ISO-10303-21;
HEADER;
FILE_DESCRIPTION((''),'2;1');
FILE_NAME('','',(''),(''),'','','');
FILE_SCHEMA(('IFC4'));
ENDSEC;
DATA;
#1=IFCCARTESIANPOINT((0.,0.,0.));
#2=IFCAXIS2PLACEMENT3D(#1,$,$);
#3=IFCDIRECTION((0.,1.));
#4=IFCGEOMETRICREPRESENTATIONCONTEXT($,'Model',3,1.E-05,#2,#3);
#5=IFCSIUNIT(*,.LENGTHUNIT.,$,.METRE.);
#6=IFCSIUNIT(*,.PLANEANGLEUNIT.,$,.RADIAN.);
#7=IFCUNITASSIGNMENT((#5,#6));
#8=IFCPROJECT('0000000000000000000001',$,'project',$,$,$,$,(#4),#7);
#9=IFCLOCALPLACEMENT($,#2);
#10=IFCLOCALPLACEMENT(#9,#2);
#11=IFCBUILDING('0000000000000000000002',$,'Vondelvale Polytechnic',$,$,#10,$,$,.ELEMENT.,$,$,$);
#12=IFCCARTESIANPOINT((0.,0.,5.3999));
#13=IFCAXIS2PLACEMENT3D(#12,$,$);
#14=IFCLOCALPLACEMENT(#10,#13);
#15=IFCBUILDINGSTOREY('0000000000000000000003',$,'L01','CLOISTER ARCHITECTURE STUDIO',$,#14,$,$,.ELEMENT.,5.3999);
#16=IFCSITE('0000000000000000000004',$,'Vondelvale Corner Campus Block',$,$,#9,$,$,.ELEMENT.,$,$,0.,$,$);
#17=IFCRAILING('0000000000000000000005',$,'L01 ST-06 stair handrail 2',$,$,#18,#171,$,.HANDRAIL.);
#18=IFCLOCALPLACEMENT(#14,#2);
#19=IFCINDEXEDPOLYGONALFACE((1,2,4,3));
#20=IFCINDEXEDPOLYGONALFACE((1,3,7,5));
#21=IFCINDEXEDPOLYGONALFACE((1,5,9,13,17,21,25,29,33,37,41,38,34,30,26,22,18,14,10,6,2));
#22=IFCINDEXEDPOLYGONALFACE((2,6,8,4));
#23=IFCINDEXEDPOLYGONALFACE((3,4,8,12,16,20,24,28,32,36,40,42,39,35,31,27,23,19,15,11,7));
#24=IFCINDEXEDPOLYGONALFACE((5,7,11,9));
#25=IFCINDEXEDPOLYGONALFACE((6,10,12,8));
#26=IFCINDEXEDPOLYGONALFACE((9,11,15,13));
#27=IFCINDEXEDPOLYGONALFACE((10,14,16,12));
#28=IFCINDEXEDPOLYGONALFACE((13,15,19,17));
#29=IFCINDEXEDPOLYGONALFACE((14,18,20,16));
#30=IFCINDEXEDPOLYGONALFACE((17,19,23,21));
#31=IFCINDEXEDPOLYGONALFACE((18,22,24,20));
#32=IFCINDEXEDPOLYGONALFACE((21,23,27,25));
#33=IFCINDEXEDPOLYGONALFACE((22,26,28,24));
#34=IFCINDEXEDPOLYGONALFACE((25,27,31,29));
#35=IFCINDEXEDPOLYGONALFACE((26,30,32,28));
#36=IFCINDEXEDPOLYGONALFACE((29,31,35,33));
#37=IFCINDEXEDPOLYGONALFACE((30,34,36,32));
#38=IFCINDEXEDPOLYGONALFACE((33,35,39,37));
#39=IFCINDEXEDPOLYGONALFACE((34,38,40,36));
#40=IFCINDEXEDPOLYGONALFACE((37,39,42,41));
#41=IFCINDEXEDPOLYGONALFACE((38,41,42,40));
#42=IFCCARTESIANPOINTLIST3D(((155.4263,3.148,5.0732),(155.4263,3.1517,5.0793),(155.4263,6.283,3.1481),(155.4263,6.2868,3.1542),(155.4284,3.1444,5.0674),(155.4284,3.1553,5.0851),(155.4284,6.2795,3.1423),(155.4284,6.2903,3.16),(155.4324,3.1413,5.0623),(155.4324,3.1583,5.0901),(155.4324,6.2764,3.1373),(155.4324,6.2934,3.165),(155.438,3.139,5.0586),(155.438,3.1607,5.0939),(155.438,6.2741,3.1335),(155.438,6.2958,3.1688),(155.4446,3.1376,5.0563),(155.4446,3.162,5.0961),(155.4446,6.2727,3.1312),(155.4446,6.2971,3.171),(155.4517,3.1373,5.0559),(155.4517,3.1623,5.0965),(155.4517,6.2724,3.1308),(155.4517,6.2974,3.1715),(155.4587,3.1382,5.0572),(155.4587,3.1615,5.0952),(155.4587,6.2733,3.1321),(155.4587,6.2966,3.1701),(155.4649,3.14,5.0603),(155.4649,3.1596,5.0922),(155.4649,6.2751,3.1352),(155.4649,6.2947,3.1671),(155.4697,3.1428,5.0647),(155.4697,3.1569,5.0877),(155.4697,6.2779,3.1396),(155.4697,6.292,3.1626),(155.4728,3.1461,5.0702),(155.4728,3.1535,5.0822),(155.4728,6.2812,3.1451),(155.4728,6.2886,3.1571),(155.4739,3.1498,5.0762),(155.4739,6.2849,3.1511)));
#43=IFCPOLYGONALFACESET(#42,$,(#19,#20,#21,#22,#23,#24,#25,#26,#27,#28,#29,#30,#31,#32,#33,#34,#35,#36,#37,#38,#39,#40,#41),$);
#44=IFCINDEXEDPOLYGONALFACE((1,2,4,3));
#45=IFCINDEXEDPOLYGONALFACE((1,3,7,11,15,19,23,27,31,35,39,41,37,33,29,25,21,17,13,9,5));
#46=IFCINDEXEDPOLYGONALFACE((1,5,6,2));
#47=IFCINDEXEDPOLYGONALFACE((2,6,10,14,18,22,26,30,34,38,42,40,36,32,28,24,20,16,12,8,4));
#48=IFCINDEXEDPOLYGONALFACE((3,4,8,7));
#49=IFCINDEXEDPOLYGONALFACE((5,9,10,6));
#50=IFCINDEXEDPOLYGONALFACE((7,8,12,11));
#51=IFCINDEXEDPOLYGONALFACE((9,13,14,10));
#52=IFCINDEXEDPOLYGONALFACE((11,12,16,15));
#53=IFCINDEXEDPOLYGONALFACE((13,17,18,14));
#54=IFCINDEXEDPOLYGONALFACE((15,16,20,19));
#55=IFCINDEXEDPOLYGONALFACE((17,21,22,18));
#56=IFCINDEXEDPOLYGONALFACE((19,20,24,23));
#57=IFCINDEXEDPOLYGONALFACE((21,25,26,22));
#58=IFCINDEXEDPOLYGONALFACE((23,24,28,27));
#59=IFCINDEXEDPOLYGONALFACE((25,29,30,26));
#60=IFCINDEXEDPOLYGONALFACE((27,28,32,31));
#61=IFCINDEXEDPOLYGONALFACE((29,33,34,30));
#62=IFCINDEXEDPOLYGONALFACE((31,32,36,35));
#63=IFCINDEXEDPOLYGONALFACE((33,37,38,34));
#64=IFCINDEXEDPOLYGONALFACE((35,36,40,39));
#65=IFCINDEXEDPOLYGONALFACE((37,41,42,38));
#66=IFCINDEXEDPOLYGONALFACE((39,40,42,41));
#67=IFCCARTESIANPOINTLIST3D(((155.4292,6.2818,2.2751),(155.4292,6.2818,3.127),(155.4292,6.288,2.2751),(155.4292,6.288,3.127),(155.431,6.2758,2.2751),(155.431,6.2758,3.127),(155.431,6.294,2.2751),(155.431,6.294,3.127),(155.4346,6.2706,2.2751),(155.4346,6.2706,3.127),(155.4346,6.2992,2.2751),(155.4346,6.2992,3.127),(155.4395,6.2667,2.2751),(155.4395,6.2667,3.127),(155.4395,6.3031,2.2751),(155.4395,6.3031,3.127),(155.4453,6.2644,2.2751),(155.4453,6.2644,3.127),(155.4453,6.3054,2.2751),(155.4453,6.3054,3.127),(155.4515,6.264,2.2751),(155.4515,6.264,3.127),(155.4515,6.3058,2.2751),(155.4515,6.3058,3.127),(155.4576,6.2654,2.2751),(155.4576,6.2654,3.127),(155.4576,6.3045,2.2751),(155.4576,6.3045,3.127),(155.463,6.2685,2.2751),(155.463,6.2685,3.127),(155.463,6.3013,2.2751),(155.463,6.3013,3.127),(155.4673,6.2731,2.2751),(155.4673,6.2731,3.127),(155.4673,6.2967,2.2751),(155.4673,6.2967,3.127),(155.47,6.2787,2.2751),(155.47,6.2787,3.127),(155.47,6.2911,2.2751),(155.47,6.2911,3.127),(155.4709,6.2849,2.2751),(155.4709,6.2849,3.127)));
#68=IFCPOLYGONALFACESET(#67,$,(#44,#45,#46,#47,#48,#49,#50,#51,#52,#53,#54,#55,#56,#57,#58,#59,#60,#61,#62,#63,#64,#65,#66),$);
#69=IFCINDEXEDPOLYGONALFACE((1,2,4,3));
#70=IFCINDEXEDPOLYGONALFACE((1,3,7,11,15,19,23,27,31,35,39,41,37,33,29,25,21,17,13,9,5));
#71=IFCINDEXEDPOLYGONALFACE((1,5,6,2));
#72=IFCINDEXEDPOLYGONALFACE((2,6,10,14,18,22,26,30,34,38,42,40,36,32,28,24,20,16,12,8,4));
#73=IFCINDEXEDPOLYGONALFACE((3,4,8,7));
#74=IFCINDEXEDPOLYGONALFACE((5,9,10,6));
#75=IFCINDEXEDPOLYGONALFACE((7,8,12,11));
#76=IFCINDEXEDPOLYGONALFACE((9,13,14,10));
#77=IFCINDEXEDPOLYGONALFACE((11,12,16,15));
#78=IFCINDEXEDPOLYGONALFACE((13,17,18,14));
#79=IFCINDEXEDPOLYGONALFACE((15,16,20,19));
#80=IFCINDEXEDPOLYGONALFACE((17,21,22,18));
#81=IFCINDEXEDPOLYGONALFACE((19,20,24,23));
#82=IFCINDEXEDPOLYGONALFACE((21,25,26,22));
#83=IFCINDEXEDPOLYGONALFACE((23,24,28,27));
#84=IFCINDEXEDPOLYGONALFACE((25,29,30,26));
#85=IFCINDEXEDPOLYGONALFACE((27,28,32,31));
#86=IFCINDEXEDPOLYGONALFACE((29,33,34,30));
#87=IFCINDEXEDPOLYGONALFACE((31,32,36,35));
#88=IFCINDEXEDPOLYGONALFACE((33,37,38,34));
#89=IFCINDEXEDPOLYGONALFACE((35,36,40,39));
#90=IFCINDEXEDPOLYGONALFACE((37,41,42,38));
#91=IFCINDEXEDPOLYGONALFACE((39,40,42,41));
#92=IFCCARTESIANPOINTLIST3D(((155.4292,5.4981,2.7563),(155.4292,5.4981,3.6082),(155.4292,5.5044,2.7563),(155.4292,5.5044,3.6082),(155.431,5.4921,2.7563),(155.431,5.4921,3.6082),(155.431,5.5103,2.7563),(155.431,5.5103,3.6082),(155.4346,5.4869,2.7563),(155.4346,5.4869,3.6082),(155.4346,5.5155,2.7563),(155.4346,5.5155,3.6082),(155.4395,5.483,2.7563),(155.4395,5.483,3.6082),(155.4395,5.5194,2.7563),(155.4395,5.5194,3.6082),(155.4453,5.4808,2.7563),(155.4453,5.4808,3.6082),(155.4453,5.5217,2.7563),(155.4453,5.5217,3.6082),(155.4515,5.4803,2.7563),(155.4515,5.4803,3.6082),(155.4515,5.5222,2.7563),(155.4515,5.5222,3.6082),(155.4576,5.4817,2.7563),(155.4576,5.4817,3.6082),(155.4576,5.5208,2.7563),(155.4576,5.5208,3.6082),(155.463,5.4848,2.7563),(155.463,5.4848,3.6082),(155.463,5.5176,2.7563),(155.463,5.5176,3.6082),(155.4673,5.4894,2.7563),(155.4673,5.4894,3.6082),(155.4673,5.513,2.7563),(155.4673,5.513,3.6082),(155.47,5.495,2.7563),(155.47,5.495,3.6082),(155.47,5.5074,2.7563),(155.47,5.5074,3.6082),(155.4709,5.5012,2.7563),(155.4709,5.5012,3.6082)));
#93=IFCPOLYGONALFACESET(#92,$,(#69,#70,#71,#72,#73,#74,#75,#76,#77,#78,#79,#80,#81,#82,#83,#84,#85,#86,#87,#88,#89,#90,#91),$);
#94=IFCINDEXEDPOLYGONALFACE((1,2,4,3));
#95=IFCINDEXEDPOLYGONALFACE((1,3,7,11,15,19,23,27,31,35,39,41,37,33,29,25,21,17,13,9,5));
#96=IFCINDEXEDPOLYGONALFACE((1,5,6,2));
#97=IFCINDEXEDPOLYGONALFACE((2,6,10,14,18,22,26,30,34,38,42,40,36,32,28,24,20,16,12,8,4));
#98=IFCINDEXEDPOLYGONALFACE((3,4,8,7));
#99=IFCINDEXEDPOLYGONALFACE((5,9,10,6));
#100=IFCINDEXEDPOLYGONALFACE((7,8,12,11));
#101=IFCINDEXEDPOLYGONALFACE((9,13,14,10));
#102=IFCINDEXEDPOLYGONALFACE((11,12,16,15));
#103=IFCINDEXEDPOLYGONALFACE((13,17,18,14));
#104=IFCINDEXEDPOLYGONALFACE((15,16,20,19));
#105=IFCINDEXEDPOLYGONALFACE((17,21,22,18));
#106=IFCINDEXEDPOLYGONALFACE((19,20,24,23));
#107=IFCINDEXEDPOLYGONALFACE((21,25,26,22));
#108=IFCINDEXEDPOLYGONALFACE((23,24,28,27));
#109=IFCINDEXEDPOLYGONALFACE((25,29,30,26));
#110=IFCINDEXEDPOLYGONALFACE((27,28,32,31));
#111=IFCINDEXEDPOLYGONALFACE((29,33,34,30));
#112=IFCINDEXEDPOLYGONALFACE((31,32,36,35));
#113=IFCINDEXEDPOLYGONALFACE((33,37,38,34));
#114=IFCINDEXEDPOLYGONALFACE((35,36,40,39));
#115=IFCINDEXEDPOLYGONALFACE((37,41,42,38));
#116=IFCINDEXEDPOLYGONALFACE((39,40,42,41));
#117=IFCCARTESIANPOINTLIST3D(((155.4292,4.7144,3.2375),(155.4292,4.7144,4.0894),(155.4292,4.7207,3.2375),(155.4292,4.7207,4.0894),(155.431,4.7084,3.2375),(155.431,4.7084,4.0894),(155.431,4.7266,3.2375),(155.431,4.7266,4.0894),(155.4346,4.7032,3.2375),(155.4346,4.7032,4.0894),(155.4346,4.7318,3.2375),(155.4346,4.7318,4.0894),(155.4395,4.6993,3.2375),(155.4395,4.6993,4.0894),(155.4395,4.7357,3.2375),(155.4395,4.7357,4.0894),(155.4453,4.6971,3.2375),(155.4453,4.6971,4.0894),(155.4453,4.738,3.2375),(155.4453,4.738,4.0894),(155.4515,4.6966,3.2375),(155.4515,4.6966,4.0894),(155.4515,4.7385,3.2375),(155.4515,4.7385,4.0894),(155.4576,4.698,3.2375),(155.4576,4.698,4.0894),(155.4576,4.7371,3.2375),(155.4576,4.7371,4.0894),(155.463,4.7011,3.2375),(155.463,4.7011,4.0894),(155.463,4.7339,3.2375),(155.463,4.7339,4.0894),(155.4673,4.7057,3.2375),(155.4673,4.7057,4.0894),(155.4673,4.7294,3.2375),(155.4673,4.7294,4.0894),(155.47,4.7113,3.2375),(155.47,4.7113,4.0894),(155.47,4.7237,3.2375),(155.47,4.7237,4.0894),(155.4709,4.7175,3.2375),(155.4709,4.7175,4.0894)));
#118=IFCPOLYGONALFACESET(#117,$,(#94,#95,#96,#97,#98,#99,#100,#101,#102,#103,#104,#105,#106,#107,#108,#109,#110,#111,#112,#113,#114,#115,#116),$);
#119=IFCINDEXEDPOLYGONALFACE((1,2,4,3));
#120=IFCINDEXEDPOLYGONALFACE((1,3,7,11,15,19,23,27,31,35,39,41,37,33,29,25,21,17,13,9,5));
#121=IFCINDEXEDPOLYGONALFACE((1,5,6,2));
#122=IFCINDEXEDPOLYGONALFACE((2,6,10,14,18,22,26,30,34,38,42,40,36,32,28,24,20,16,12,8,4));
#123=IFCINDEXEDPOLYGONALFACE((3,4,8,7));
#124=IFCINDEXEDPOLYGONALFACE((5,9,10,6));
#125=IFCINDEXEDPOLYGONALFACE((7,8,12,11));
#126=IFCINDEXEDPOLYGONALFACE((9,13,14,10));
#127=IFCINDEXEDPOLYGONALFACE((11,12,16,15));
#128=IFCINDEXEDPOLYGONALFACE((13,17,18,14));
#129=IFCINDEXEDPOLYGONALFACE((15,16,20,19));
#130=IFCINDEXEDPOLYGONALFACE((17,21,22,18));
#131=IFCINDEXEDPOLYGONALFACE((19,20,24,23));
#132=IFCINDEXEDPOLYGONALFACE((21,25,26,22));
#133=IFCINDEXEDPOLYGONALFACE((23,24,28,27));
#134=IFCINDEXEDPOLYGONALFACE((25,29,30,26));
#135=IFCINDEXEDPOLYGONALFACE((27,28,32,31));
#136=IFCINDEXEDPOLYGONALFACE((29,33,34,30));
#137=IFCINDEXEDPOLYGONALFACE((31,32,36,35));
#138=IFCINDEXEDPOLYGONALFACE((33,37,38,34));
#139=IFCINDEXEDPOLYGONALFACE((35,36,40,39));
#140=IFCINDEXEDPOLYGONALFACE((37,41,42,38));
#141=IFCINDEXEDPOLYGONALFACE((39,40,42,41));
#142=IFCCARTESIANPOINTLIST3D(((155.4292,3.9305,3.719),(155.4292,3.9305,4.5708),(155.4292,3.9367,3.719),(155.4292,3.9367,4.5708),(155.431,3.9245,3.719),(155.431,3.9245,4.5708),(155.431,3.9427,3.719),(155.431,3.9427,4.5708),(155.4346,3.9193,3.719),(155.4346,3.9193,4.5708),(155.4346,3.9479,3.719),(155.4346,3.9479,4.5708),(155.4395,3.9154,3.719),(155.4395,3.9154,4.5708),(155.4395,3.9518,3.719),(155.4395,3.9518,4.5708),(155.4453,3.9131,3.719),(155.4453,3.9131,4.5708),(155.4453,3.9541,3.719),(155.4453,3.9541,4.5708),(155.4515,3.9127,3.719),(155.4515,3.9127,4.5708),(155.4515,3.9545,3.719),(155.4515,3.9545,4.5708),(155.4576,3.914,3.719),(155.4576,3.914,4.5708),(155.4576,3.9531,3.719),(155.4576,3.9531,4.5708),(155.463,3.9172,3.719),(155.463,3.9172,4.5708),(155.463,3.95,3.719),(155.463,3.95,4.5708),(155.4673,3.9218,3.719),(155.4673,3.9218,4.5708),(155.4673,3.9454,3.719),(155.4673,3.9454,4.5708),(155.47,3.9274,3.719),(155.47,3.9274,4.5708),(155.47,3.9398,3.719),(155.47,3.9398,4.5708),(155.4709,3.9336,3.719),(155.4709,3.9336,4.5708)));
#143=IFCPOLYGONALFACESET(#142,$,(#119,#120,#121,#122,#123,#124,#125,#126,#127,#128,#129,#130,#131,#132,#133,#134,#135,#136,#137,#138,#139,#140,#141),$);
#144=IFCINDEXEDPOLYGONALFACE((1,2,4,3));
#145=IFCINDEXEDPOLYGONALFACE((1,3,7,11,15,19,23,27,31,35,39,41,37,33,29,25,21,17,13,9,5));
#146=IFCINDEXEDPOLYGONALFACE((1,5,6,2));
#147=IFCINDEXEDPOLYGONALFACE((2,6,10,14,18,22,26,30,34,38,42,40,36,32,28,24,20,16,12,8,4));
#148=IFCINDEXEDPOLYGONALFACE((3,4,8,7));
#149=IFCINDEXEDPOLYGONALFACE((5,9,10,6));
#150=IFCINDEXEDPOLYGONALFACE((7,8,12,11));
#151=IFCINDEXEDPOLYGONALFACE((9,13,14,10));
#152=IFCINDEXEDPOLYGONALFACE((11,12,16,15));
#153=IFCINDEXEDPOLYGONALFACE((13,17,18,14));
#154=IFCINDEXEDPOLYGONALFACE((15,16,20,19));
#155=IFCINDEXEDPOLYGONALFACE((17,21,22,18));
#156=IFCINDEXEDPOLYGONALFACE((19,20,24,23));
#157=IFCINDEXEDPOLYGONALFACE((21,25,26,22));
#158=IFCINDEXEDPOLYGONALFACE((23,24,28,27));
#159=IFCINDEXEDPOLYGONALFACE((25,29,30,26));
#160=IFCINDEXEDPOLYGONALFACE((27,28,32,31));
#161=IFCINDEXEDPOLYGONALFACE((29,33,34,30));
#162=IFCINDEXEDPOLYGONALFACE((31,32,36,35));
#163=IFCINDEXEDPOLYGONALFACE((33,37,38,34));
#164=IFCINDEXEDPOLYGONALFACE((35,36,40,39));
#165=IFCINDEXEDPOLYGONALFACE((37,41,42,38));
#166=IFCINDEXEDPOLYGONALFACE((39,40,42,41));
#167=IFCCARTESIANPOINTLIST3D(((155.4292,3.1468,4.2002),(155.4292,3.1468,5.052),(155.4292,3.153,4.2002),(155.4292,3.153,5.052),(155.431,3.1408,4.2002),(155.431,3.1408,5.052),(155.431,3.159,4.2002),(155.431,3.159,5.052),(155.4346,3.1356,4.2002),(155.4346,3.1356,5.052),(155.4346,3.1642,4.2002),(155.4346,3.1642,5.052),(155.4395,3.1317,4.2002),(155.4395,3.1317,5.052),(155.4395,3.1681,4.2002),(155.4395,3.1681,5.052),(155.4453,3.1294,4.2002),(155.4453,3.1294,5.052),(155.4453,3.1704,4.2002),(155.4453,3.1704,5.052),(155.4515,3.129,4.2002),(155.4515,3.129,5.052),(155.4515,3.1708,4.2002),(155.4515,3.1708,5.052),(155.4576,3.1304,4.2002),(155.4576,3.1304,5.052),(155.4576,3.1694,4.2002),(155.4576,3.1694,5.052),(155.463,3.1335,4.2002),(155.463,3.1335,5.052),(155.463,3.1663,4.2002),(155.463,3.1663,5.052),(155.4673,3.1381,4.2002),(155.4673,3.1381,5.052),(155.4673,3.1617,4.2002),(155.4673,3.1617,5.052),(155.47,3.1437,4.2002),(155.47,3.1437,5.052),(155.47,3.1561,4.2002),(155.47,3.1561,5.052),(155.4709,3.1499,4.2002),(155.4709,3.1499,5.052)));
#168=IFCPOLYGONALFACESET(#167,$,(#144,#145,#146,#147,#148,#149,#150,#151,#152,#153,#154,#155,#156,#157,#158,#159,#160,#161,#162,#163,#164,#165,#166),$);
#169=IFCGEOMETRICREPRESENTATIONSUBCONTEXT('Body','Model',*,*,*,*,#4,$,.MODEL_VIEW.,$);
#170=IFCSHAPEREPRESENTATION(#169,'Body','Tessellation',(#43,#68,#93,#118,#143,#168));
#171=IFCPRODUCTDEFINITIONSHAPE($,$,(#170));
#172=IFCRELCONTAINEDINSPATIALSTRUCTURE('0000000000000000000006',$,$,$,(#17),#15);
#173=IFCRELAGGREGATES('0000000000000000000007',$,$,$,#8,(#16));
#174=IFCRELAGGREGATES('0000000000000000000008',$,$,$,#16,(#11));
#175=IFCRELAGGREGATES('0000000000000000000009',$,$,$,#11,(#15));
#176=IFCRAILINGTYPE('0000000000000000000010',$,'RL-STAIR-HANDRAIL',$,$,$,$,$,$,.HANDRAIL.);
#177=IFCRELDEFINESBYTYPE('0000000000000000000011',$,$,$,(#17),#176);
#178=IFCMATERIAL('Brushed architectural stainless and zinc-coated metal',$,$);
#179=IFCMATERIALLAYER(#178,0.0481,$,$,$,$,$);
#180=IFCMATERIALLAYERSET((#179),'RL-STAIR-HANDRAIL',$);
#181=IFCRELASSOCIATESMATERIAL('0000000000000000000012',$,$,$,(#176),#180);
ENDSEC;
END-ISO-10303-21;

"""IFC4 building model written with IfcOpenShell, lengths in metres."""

from ifc_helpers import new_model, si_unit, direction, frame, origin, origin_2d, place, context, subcontext, project, spatial, circle, extrude, material, layer, layer_set, type_object, element, save


model = new_model("IFC4")

# Units and contexts
model_context = context("Model", 3, precision=1e-05, world=origin(), true_north=direction((0.0, 1.0)))
body_context = subcontext(model_context, "Body", "Model", "MODEL_VIEW")
ifc_project = project(units=[si_unit("LENGTHUNIT", "METRE"), si_unit("PLANEANGLEUNIT", "RADIAN")], contexts=[model_context])

# Site, building, storey
site_placement = place(None, origin())
site = spatial("IfcSite", under=ifc_project, at=site_placement, Name="Vondelvale Corner Campus Block", CompositionType="ELEMENT", RefElevation=0.0)
building_placement = place(site_placement, origin())
building = spatial("IfcBuilding", under=site, at=building_placement, Name="Vondelvale Polytechnic", CompositionType="ELEMENT")
storey_placement = place(building_placement, frame((0.0, 0.0, 5.3999)))
storey = spatial("IfcBuildingStorey", under=building, at=storey_placement, Name="L01", Description="CLOISTER ARCHITECTURE STUDIO", CompositionType="ELEMENT", Elevation=5.3999)

# Shared definitions
ifc_material_1 = material(Name="Brushed architectural stainless and zinc-coated metal")

# Railing
ifc_layer_1 = layer(ifc_material_1, 0.0481)
ifc_layer_set_1 = layer_set([ifc_layer_1], Name="RL-STAIR-HANDRAIL")
railing_type_1 = type_object("IfcRailingType", Name="RL-STAIR-HANDRAIL", PredefinedType="HANDRAIL", material=ifc_layer_set_1)
railing_1_placement = place(storey_placement, frame((155.45, 6.2849, 2.2751)))
element("IfcRailing", 1, at=railing_1_placement, inside=storey, type_object=railing_type_1, Name="L01 ST-06 stair handrail 2", PredefinedType="HANDRAIL", context=body_context, shape_type="SweptSolid", body=[
    extrude(circle(Radius=0.0239, at=origin_2d()), frame((0.0, 0.0, 0.876), z_axis=(0.0, -0.852166, 0.523271), x_axis=(1.0, 0.0, 0.0)), (0.0, 0.0, 1.0), 3.679),
    extrude(circle(Radius=0.021, at=origin_2d()), origin(), (0.0, 0.0, 1.0), 0.8518),
    extrude(circle(Radius=0.021, at=origin_2d()), frame((0.0, -0.7837, 0.4812)), (0.0, 0.0, 1.0), 0.8518),
    extrude(circle(Radius=0.021, at=origin_2d()), frame((0.0, -1.5674, 0.9624)), (0.0, 0.0, 1.0), 0.8518),
    extrude(circle(Radius=0.021, at=origin_2d()), frame((0.0, -2.3513, 1.4438)), (0.0, 0.0, 1.0), 0.8518),
    extrude(circle(Radius=0.021, at=origin_2d()), frame((0.0, -3.135, 1.925)), (0.0, 0.0, 1.0), 0.8518),
])

save(model, "model.ifc")
